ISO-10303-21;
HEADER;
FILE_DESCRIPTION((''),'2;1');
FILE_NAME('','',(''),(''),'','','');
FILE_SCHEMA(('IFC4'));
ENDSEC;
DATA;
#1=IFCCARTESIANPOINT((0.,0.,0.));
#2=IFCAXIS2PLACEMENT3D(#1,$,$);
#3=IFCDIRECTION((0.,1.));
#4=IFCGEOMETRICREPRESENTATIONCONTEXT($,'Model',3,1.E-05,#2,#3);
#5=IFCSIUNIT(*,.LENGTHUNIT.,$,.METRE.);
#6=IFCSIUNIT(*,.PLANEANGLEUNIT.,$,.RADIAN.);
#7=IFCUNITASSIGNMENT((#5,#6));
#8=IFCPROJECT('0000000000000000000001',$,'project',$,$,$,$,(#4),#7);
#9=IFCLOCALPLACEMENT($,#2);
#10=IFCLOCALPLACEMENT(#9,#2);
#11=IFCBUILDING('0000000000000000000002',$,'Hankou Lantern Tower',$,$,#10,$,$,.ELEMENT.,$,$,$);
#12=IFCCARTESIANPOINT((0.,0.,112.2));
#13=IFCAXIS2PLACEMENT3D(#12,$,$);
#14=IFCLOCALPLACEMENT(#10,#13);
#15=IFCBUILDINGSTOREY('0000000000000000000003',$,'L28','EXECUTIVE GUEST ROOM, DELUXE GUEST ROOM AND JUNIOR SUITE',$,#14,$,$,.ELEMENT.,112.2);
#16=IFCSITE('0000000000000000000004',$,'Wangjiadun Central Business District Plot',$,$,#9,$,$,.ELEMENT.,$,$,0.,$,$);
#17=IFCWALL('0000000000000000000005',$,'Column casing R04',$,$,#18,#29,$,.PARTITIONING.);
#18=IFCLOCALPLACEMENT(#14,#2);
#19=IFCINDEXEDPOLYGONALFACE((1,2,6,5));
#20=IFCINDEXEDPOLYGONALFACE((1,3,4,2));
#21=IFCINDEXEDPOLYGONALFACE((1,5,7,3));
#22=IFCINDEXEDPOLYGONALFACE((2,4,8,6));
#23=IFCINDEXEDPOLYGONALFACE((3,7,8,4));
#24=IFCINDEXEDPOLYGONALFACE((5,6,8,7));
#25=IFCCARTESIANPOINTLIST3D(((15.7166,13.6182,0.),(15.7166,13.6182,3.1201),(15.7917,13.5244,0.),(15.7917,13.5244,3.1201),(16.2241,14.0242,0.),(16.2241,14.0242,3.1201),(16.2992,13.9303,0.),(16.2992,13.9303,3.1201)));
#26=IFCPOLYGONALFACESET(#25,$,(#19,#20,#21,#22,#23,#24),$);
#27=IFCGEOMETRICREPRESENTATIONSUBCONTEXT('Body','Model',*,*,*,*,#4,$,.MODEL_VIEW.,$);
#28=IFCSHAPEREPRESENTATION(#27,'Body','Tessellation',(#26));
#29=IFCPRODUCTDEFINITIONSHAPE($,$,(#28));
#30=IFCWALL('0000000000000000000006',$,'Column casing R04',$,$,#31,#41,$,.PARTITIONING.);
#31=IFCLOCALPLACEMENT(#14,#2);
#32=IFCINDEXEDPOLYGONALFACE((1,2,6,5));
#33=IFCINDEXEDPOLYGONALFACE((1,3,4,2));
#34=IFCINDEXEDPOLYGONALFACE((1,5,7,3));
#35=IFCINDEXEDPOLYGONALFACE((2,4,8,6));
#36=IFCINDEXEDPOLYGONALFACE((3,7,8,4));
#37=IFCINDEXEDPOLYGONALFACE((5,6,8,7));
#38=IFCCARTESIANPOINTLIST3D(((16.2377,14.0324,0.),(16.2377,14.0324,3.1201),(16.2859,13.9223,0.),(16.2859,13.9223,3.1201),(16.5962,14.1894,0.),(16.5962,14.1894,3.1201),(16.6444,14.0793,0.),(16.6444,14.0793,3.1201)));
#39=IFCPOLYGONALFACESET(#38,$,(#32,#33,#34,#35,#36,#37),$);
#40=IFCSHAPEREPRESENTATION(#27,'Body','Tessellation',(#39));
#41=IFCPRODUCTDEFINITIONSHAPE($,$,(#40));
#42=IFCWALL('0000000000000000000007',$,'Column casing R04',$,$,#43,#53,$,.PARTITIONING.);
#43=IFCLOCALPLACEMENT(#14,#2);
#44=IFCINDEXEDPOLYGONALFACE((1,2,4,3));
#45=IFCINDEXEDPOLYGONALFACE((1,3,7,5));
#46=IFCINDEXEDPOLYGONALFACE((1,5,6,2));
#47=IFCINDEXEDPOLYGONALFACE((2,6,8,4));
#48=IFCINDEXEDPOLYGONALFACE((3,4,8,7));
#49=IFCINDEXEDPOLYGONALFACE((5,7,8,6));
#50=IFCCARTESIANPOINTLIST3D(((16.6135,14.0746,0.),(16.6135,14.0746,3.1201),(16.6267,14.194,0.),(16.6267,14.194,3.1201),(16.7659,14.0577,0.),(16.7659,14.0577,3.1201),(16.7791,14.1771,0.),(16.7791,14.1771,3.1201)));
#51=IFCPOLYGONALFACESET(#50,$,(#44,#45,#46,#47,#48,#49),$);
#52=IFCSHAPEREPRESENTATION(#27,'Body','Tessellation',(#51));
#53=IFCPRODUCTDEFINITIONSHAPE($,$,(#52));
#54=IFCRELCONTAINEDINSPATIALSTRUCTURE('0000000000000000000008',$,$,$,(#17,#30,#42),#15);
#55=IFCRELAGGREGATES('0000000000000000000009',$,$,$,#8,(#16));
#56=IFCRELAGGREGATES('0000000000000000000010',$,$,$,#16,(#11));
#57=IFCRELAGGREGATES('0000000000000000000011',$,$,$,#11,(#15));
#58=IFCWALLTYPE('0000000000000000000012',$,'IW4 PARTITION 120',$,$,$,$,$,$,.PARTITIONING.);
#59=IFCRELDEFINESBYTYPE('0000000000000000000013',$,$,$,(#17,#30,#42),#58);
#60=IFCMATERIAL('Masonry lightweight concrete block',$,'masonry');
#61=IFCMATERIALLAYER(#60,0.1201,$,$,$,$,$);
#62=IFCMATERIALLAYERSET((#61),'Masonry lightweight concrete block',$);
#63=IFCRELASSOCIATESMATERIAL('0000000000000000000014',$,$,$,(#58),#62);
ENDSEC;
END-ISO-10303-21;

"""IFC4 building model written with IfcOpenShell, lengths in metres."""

from ifc_helpers import new_model, si_unit, direction, frame, frame_2d, origin, place, context, subcontext, project, spatial, rectangle, extrude, material, layer, layer_set, type_object, element, save


model = new_model("IFC4")

# Units and contexts
model_context = context("Model", 3, precision=1e-05, world=origin(), true_north=direction((0.0, 1.0)))
body_context = subcontext(model_context, "Body", "Model", "MODEL_VIEW")
ifc_project = project(units=[si_unit("LENGTHUNIT", "METRE"), si_unit("PLANEANGLEUNIT", "RADIAN")], contexts=[model_context])

# Site, building, storey
site_placement = place(None, origin())
site = spatial("IfcSite", under=ifc_project, at=site_placement, Name="Wangjiadun Central Business District Plot", CompositionType="ELEMENT", RefElevation=0.0)
building_placement = place(site_placement, origin())
building = spatial("IfcBuilding", under=site, at=building_placement, Name="Hankou Lantern Tower", CompositionType="ELEMENT")
storey_placement = place(building_placement, frame((0.0, 0.0, 112.2)))
storey = spatial("IfcBuildingStorey", under=building, at=storey_placement, Name="L28", Description="EXECUTIVE GUEST ROOM, DELUXE GUEST ROOM AND JUNIOR SUITE", CompositionType="ELEMENT", Elevation=112.2)

# Walls
ifc_material_1 = material(Name="Masonry lightweight concrete block", Category="masonry")
ifc_layer_1 = layer(ifc_material_1, 0.1201)
ifc_layer_set_1 = layer_set([ifc_layer_1], Name="Masonry lightweight concrete block")
wall_type_1 = type_object("IfcWallType", Name="IW4 PARTITION 120", PredefinedType="PARTITIONING", material=ifc_layer_set_1)
wall_1_placement = place(storey_placement, frame((15.7542, 13.5713, 0.0), z_axis=(0.0, 0.0, 1.0), x_axis=(0.780905, 0.624649, 0.0)))
element("IfcWall", 1, at=wall_1_placement, inside=storey, type_object=wall_type_1, Name="Column casing R04", PredefinedType="PARTITIONING", context=body_context, shape_type="SweptSolid", body=[
    extrude(rectangle(XDim=0.6499, YDim=0.1201, at=frame_2d((0.325, 0.0))), origin(), (0.0, 0.0, 1.0), 3.1201),
])
wall_2_placement = place(storey_placement, frame((16.2617, 13.9773, 0.0), z_axis=(0.0, 0.0, 1.0), x_axis=(0.915985, 0.401212, 0.0)))
element("IfcWall", 2, at=wall_2_placement, inside=storey, type_object=wall_type_1, Name="Column casing R04", PredefinedType="PARTITIONING", context=body_context, shape_type="SweptSolid", body=[
    extrude(rectangle(XDim=0.3914, YDim=0.1201, at=frame_2d((0.1958, 0.0))), origin(), (0.0, 0.0, 1.0), 3.1201),
])
wall_3_placement = place(storey_placement, frame((16.6201, 14.1343, 0.0), z_axis=(0.0, 0.0, 1.0), x_axis=(0.993942, -0.109907, 0.0)))
element("IfcWall", 3, at=wall_3_placement, inside=storey, type_object=wall_type_1, Name="Column casing R04", PredefinedType="PARTITIONING", context=body_context, shape_type="SweptSolid", body=[
    extrude(rectangle(XDim=0.1533, YDim=0.1201, at=frame_2d((0.0767, 0.0))), origin(), (0.0, 0.0, 1.0), 3.1201),
])

save(model, "model.ifc")
